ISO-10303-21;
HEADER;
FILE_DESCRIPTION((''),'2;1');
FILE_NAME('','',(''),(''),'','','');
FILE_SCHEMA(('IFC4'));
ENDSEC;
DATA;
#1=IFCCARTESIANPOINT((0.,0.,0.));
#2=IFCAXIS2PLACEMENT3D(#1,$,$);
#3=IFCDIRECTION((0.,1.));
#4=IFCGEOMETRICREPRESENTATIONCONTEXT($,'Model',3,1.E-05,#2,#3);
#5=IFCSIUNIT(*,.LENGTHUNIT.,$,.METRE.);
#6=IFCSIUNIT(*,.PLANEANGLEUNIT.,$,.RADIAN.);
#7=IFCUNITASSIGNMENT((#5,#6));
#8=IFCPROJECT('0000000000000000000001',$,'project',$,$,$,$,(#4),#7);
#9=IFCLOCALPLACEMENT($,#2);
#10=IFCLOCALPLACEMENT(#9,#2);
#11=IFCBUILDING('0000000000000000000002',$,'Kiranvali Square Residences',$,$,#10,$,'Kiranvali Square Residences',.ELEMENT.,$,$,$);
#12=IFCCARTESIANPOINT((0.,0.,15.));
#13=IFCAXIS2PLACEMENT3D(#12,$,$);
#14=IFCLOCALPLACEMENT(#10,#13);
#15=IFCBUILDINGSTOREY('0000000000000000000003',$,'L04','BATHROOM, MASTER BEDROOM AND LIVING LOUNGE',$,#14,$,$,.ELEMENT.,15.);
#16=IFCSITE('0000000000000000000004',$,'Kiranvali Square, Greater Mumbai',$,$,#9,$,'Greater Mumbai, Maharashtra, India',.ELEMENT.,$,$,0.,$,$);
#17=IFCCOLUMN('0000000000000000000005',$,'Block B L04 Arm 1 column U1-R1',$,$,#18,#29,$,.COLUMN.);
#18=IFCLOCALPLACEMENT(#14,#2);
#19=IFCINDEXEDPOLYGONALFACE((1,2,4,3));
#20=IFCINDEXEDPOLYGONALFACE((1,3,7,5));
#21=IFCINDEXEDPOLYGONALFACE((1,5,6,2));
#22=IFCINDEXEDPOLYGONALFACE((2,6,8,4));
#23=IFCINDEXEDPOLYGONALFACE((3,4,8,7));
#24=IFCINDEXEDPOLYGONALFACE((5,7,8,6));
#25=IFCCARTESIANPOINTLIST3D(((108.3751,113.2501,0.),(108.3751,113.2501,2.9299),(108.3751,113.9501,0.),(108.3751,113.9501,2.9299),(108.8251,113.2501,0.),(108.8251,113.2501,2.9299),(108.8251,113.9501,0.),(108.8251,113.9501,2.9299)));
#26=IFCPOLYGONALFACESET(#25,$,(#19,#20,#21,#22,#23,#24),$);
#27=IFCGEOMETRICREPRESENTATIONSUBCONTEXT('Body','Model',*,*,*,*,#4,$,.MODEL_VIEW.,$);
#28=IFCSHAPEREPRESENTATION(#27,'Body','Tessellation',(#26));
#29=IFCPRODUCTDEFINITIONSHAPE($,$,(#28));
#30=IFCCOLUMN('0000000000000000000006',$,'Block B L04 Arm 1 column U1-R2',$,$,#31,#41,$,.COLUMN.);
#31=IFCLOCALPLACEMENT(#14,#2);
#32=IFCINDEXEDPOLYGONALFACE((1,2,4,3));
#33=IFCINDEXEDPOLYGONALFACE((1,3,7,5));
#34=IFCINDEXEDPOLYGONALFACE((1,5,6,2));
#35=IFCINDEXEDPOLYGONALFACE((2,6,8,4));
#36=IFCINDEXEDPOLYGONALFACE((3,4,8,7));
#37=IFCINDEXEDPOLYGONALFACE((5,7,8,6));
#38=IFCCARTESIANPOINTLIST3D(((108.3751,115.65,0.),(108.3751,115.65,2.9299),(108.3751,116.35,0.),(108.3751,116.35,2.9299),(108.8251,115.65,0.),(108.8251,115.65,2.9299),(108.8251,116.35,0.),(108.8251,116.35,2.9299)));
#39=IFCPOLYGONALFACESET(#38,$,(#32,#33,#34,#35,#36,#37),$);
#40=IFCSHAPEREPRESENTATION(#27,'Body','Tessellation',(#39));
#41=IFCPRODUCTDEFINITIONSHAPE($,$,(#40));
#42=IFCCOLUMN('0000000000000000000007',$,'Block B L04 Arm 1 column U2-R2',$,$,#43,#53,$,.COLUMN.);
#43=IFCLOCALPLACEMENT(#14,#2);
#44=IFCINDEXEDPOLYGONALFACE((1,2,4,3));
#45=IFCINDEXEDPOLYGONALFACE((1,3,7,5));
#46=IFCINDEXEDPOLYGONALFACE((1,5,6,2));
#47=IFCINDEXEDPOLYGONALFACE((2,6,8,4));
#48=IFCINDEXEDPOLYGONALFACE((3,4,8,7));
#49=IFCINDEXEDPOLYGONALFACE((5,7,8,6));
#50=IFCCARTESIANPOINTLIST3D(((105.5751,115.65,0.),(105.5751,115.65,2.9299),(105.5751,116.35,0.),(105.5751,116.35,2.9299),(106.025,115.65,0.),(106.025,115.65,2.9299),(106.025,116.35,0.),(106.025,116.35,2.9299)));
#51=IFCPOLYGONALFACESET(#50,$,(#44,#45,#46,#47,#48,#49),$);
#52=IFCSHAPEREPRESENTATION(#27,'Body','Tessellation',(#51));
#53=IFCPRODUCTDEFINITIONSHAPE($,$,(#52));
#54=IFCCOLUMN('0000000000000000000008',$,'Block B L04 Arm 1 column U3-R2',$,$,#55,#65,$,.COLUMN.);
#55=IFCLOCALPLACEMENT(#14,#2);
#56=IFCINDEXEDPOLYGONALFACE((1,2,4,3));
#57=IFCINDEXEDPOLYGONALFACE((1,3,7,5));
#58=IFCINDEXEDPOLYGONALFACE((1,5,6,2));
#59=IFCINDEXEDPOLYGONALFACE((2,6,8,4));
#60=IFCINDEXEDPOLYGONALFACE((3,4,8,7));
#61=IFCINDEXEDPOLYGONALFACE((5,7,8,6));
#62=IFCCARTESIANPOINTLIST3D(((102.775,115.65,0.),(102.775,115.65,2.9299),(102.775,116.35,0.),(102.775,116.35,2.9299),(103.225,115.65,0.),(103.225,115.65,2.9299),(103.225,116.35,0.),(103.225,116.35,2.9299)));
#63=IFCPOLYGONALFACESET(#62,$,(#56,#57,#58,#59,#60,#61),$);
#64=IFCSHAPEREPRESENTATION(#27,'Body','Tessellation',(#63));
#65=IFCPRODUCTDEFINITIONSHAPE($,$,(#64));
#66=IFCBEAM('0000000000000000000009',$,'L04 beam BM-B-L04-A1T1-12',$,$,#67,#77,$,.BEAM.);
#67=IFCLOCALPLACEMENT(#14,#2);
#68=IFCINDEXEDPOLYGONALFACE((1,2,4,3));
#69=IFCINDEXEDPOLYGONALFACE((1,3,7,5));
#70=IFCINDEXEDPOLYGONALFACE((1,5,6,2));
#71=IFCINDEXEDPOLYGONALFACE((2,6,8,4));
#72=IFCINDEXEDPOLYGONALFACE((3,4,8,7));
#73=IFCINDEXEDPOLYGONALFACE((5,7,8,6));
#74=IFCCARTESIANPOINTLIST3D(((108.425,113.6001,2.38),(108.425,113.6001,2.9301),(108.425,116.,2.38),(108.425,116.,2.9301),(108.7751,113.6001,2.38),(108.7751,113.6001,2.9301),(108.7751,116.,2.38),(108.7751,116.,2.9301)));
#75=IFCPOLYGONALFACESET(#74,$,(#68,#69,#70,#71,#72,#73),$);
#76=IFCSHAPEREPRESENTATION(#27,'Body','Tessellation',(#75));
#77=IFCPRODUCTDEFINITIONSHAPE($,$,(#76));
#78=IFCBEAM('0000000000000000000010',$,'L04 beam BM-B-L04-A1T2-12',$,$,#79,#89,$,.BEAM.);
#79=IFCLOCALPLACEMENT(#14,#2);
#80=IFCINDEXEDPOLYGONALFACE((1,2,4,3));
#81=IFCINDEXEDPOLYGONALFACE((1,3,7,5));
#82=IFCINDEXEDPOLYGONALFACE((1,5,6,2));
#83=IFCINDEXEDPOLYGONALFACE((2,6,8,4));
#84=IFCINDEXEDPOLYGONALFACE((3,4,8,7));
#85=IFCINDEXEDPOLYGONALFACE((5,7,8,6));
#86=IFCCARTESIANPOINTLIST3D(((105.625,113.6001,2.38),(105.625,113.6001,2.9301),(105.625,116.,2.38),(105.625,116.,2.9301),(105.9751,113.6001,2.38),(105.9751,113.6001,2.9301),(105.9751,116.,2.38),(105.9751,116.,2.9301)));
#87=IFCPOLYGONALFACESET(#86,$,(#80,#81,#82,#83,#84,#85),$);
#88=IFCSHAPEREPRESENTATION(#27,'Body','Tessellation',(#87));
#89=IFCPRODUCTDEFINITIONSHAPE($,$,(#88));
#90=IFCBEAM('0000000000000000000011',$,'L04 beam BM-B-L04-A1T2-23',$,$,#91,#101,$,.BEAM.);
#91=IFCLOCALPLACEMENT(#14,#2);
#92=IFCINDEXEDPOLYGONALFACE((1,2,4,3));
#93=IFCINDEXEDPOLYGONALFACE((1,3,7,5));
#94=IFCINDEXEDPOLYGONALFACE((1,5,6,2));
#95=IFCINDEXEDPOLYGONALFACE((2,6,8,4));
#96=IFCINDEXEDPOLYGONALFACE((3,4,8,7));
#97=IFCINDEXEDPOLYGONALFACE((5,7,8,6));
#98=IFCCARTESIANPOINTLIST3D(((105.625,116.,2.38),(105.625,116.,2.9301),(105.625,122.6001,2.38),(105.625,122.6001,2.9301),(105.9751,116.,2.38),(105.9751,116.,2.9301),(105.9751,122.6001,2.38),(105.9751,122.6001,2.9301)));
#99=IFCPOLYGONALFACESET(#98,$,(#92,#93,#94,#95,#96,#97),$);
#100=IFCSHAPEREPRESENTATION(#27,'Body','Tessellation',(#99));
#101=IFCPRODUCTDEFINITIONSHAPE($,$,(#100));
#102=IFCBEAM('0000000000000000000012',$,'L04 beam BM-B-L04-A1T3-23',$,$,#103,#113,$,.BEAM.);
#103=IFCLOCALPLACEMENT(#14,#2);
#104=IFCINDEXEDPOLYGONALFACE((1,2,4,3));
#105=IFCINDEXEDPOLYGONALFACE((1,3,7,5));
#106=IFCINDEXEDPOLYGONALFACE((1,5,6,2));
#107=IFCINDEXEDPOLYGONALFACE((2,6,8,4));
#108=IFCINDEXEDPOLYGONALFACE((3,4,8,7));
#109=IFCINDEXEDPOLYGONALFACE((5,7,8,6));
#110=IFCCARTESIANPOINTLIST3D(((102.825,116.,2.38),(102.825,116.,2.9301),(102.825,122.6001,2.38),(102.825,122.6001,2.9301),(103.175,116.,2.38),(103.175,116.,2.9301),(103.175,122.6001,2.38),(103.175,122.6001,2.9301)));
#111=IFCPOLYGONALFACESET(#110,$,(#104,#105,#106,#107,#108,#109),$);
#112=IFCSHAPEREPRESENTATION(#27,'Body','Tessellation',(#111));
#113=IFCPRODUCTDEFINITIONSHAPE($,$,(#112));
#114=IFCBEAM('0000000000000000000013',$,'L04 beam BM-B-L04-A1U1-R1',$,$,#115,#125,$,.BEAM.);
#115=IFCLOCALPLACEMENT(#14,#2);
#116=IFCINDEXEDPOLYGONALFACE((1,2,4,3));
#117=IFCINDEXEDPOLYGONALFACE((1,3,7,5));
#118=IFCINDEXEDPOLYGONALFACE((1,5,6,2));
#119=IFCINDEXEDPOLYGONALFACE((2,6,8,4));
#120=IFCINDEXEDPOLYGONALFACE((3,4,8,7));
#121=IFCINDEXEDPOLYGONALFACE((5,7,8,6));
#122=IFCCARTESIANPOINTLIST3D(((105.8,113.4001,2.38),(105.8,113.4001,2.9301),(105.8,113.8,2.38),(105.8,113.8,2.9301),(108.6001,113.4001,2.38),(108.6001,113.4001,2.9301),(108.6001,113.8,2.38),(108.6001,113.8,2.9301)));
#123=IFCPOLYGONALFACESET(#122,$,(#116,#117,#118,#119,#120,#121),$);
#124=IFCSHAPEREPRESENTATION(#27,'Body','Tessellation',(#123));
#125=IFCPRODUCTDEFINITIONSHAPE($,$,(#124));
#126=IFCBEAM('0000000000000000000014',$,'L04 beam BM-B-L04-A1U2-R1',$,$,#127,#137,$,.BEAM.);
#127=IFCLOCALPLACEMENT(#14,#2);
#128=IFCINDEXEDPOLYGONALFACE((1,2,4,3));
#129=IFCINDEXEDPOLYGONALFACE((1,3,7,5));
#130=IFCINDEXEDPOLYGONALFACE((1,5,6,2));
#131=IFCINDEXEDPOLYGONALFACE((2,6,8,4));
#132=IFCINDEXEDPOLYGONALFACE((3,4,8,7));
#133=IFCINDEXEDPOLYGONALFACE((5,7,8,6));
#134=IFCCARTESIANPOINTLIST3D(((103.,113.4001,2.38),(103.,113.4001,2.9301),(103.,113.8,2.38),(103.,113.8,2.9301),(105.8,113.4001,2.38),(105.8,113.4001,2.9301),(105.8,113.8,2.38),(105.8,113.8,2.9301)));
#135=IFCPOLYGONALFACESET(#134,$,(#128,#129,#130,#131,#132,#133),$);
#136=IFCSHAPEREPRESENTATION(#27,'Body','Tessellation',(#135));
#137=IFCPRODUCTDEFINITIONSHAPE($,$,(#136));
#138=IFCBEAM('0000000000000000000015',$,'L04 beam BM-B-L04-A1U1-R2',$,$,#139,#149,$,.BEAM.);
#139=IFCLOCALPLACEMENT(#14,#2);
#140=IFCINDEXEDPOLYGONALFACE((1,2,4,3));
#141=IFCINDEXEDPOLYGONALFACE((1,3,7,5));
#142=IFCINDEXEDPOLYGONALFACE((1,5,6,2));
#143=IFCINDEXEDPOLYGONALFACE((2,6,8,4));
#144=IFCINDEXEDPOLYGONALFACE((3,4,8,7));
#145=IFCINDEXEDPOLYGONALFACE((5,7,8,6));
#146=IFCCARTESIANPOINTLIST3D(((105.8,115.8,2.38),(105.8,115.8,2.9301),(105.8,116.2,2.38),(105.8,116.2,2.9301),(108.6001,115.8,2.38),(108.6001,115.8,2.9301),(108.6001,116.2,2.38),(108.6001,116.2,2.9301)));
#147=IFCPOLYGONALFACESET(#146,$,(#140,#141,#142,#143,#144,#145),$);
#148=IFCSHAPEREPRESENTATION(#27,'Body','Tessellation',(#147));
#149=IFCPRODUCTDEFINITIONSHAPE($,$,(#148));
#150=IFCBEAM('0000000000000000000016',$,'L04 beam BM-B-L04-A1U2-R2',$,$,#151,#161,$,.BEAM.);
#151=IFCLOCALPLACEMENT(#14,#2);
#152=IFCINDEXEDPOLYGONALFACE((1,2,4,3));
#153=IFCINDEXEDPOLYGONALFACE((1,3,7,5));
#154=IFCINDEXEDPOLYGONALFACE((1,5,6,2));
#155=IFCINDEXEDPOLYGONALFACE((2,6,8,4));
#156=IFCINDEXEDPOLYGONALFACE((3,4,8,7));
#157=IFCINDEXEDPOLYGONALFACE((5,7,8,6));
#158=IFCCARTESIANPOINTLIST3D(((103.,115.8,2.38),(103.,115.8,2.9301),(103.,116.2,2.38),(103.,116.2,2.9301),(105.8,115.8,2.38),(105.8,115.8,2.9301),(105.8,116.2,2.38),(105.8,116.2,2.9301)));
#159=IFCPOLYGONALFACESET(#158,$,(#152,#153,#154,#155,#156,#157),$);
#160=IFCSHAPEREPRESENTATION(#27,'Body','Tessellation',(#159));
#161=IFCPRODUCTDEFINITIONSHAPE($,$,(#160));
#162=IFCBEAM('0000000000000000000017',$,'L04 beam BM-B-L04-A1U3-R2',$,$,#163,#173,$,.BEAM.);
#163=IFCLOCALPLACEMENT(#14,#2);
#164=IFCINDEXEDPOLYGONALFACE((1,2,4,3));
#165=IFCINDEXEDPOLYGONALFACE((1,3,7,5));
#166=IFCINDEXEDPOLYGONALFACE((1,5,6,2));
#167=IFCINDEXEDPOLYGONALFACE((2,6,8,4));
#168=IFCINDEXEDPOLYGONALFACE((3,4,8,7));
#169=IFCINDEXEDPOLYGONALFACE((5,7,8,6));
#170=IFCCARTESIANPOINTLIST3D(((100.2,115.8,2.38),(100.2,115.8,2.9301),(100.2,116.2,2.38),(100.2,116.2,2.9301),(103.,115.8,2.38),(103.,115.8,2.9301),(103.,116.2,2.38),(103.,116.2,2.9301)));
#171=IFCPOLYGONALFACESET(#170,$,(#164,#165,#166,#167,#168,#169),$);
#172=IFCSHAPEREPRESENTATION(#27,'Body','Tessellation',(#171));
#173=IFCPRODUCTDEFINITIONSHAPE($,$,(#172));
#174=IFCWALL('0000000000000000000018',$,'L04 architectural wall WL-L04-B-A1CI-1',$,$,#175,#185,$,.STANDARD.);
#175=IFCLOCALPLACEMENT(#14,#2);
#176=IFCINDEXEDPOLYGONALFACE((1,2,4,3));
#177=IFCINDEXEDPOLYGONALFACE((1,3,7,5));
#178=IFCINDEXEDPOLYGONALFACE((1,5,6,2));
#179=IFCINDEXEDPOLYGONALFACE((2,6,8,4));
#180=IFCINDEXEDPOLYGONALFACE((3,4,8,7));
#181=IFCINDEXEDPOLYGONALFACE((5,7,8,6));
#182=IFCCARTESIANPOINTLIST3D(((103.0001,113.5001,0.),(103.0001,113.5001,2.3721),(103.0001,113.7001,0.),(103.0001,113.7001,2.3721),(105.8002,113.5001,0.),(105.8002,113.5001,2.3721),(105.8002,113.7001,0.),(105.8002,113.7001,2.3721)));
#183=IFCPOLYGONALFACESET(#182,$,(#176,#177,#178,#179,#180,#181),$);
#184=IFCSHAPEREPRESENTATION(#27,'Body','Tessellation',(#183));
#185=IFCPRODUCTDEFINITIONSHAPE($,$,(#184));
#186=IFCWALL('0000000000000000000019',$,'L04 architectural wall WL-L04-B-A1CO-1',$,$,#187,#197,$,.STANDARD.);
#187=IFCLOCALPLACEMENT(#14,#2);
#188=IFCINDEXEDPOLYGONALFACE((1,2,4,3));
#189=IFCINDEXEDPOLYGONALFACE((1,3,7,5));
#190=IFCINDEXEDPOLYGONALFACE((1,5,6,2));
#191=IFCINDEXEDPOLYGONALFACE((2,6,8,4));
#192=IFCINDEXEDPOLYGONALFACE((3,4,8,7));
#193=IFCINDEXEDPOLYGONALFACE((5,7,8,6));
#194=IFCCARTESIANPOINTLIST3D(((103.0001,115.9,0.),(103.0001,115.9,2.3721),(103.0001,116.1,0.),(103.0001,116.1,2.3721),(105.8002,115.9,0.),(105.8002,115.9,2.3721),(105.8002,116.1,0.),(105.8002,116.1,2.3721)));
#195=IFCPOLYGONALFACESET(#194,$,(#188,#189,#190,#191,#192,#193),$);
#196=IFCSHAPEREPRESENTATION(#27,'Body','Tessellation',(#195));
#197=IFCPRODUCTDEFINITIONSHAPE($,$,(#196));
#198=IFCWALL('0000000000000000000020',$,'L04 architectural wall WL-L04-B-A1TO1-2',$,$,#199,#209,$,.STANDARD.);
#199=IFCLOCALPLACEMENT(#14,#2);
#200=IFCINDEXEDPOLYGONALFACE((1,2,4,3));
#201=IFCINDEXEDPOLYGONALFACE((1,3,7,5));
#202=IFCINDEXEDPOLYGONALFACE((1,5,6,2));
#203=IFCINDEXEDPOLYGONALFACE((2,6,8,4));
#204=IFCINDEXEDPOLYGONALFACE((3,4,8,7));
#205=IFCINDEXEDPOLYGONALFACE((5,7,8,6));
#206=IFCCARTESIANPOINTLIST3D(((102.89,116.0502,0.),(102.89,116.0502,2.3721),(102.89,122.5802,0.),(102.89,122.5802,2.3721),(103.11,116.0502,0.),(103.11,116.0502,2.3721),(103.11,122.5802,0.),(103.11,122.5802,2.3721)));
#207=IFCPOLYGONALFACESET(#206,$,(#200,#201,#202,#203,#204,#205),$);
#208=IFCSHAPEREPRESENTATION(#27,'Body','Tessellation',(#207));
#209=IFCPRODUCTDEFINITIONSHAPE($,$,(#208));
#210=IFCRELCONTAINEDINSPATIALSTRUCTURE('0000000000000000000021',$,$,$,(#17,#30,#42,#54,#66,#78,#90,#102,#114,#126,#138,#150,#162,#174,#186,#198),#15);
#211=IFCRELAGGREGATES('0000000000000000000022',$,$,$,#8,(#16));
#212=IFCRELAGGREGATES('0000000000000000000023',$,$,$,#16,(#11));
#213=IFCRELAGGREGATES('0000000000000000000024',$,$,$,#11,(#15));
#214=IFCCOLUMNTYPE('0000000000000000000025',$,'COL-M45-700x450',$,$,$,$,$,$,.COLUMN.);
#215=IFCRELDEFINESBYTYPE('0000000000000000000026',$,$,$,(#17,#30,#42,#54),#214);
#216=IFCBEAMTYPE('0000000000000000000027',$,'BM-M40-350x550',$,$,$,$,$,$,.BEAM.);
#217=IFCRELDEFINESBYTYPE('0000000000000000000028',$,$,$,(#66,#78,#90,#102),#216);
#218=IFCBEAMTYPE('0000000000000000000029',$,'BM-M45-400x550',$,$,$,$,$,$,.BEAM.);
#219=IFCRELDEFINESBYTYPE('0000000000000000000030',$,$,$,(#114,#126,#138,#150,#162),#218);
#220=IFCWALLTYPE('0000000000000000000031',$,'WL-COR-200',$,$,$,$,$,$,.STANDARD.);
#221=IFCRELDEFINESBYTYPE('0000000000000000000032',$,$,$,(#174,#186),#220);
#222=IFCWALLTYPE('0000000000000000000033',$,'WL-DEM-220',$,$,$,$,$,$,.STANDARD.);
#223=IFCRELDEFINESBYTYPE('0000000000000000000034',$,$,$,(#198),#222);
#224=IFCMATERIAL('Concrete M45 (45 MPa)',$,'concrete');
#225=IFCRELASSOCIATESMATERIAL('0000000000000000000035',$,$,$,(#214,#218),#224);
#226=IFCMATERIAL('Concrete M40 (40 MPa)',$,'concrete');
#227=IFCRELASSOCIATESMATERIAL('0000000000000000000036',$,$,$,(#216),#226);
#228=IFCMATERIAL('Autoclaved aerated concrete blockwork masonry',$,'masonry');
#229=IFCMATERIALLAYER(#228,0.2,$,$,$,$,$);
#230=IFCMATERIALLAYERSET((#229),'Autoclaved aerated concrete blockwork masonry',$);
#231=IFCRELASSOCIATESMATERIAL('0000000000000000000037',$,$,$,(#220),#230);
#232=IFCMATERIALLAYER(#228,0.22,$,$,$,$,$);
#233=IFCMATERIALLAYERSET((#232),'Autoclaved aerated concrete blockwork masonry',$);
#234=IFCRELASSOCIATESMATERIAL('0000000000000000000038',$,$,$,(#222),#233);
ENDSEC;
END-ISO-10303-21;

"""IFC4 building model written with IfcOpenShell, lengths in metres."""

from ifc_helpers import new_model, si_unit, direction, frame, frame_2d, origin, origin_2d, place, context, subcontext, project, spatial, rectangle, extrude, material, layer, layer_set, material_profile, profile_set, type_object, element, save


model = new_model("IFC4")

# Units and contexts
model_context = context("Model", 3, precision=1e-05, world=origin(), true_north=direction((0.0, 1.0)))
body_context = subcontext(model_context, "Body", "Model", "MODEL_VIEW")
ifc_project = project(units=[si_unit("LENGTHUNIT", "METRE"), si_unit("PLANEANGLEUNIT", "RADIAN")], contexts=[model_context])

# Site, building, storey
site_placement = place(None, origin())
site = spatial("IfcSite", under=ifc_project, at=site_placement, Name="Kiranvali Square, Greater Mumbai", LongName="Greater Mumbai, Maharashtra, India", CompositionType="ELEMENT", RefElevation=0.0)
building_placement = place(site_placement, origin())
building = spatial("IfcBuilding", under=site, at=building_placement, Name="Kiranvali Square Residences", LongName="Kiranvali Square Residences", CompositionType="ELEMENT")
storey_placement = place(building_placement, frame((0.0, 0.0, 15.0)))
storey = spatial("IfcBuildingStorey", under=building, at=storey_placement, Name="L04", Description="BATHROOM, MASTER BEDROOM AND LIVING LOUNGE", CompositionType="ELEMENT", Elevation=15.0)

# Columns
ifc_material_1 = material(Name="Concrete M45 (45 MPa)", Category="concrete")
ifc_material_profile_1 = material_profile(ifc_material_1, rectangle(XDim=0.45, YDim=0.7, at=origin_2d()), Name="RC 700x450")
ifc_profile_set_1 = profile_set([ifc_material_profile_1], Name="Concrete M45 (45 MPa)")
column_type = type_object("IfcColumnType", Name="COL-M45-700x450", PredefinedType="COLUMN", material=ifc_profile_set_1)
for number, where, z_axis, x_axis, name in (
    (1, (108.6001, 113.6001, 0.0), (0.0, 0.0, 1.0), (1.0, 0.0, 0.0), "Block B L04 Arm 1 column U1-R1"),
    (2, (108.6001, 116.0, 0.0), (0.0, 0.0, 1.0), (1.0, 0.0, 0.0), "Block B L04 Arm 1 column U1-R2"),
    (3, (105.8, 116.0, 0.0), (0.0, 0.0, 1.0), (1.0, 0.0, 0.0), "Block B L04 Arm 1 column U2-R2"),
    (4, (103.0, 116.0, 0.0), (0.0, 0.0, 1.0), (1.0, 0.0, 0.0), "Block B L04 Arm 1 column U3-R2"),
):
    element("IfcColumn", number, at=place(storey_placement, frame(where, z_axis=z_axis, x_axis=x_axis)), inside=storey, type_object=column_type, Name=name, PredefinedType="COLUMN", context=body_context, shape_type="SweptSolid", body=[
        extrude(rectangle(XDim=0.45, YDim=0.7, at=origin_2d()), origin(), (0.0, 0.0, 1.0), 2.9299),
    ])

# Beams
ifc_material_2 = material(Name="Concrete M40 (40 MPa)", Category="concrete")
ifc_material_profile_2 = material_profile(ifc_material_2, rectangle(XDim=0.3501, YDim=0.55, at=origin_2d()), Name="RC 350x550")
ifc_profile_set_2 = profile_set([ifc_material_profile_2], Name="Concrete M40 (40 MPa)")
beam_type_1 = type_object("IfcBeamType", Name="BM-M40-350x550", PredefinedType="BEAM", material=ifc_profile_set_2)
for number, where, z_axis, x_axis, name in (
    (5, (108.6001, 113.6001, 2.655), (0.0, 1.0, 0.0), (-1.0, 0.0, 0.0), "L04 beam BM-B-L04-A1T1-12"),
    (6, (105.8, 113.6001, 2.655), (0.0, 1.0, 0.0), (-1.0, 0.0, 0.0), "L04 beam BM-B-L04-A1T2-12"),
):
    element("IfcBeam", number, at=place(storey_placement, frame(where, z_axis=z_axis, x_axis=x_axis)), inside=storey, type_object=beam_type_1, Name=name, PredefinedType="BEAM", context=body_context, shape_type="SweptSolid", body=[
        extrude(rectangle(XDim=0.3501, YDim=0.55, at=origin_2d()), origin(), (0.0, 0.0, 1.0), 2.3999),
    ])
for number, where, z_axis, x_axis, name in (
    (7, (105.8, 116.0, 2.655), (0.0, 1.0, 0.0), (-1.0, 0.0, 0.0), "L04 beam BM-B-L04-A1T2-23"),
    (8, (103.0, 116.0, 2.655), (0.0, 1.0, 0.0), (-1.0, 0.0, 0.0), "L04 beam BM-B-L04-A1T3-23"),
):
    element("IfcBeam", number, at=place(storey_placement, frame(where, z_axis=z_axis, x_axis=x_axis)), inside=storey, type_object=beam_type_1, Name=name, PredefinedType="BEAM", context=body_context, shape_type="SweptSolid", body=[
        extrude(rectangle(XDim=0.3501, YDim=0.55, at=origin_2d()), origin(), (0.0, 0.0, 1.0), 6.6001),
    ])
ifc_material_profile_3 = material_profile(ifc_material_1, rectangle(XDim=0.3999, YDim=0.55, at=origin_2d()), Name="RC 400x550")
ifc_profile_set_3 = profile_set([ifc_material_profile_3], Name="Concrete M45 (45 MPa)")
beam_type_2 = type_object("IfcBeamType", Name="BM-M45-400x550", PredefinedType="BEAM", material=ifc_profile_set_3)
for number, where, z_axis, x_axis, name in (
    (9, (108.6001, 113.6001, 2.655), (-1.0, 0.0, 0.0), (0.0, -1.0, 0.0), "L04 beam BM-B-L04-A1U1-R1"),
    (10, (105.8, 113.6001, 2.655), (-1.0, 0.0, 0.0), (0.0, -1.0, 0.0), "L04 beam BM-B-L04-A1U2-R1"),
    (11, (108.6001, 116.0, 2.655), (-1.0, 0.0, 0.0), (0.0, -1.0, 0.0), "L04 beam BM-B-L04-A1U1-R2"),
    (12, (105.8, 116.0, 2.655), (-1.0, 0.0, 0.0), (0.0, -1.0, 0.0), "L04 beam BM-B-L04-A1U2-R2"),
    (13, (103.0, 116.0, 2.655), (-1.0, 0.0, 0.0), (0.0, -1.0, 0.0), "L04 beam BM-B-L04-A1U3-R2"),
):
    element("IfcBeam", number, at=place(storey_placement, frame(where, z_axis=z_axis, x_axis=x_axis)), inside=storey, type_object=beam_type_2, Name=name, PredefinedType="BEAM", context=body_context, shape_type="SweptSolid", body=[
        extrude(rectangle(XDim=0.3999, YDim=0.55, at=origin_2d()), origin(), (0.0, 0.0, 1.0), 2.8),
    ])

# Shared definitions
ifc_material_3 = material(Name="Autoclaved aerated concrete blockwork masonry", Category="masonry")
ifc_layer_1 = layer(ifc_material_3, 0.2)
ifc_layer_set_1 = layer_set([ifc_layer_1], Name="Autoclaved aerated concrete blockwork masonry")
wall_type_1 = type_object("IfcWallType", Name="WL-COR-200", PredefinedType="STANDARD", material=ifc_layer_set_1)

# Walls
for number, where, z_axis, x_axis, name in (
    (14, (105.8, 113.6001, 0.0), (0.0, 0.0, 1.0), (-1.0, 0.0, 0.0), "L04 architectural wall WL-L04-B-A1CI-1"),
    (15, (105.8, 116.0, 0.0), (0.0, 0.0, 1.0), (-1.0, 0.0, 0.0), "L04 architectural wall WL-L04-B-A1CO-1"),
):
    element("IfcWall", number, at=place(storey_placement, frame(where, z_axis=z_axis, x_axis=x_axis)), inside=storey, type_object=wall_type_1, Name=name, PredefinedType="STANDARD", context=body_context, shape_type="SweptSolid", body=[
        extrude(rectangle(XDim=2.8, YDim=0.2, at=frame_2d((1.3999, 0.0))), origin(), (0.0, 0.0, 1.0), 2.3721),
    ])

# Wall
ifc_layer_2 = layer(ifc_material_3, 0.22)
ifc_layer_set_2 = layer_set([ifc_layer_2], Name="Autoclaved aerated concrete blockwork masonry")
wall_type_2 = type_object("IfcWallType", Name="WL-DEM-220", PredefinedType="STANDARD", material=ifc_layer_set_2)
wall_1_placement = place(storey_placement, frame((103.0, 116.05, 0.0), z_axis=(0.0, 0.0, 1.0), x_axis=(0.0, 1.0, 0.0)))
element("IfcWall", 16, at=wall_1_placement, inside=storey, type_object=wall_type_2, Name="L04 architectural wall WL-L04-B-A1TO1-2", PredefinedType="STANDARD", context=body_context, shape_type="SweptSolid", body=[
    extrude(rectangle(XDim=6.53, YDim=0.22, at=frame_2d((3.2651, 0.0))), origin(), (0.0, 0.0, 1.0), 2.3721),
])

save(model, "model.ifc")
